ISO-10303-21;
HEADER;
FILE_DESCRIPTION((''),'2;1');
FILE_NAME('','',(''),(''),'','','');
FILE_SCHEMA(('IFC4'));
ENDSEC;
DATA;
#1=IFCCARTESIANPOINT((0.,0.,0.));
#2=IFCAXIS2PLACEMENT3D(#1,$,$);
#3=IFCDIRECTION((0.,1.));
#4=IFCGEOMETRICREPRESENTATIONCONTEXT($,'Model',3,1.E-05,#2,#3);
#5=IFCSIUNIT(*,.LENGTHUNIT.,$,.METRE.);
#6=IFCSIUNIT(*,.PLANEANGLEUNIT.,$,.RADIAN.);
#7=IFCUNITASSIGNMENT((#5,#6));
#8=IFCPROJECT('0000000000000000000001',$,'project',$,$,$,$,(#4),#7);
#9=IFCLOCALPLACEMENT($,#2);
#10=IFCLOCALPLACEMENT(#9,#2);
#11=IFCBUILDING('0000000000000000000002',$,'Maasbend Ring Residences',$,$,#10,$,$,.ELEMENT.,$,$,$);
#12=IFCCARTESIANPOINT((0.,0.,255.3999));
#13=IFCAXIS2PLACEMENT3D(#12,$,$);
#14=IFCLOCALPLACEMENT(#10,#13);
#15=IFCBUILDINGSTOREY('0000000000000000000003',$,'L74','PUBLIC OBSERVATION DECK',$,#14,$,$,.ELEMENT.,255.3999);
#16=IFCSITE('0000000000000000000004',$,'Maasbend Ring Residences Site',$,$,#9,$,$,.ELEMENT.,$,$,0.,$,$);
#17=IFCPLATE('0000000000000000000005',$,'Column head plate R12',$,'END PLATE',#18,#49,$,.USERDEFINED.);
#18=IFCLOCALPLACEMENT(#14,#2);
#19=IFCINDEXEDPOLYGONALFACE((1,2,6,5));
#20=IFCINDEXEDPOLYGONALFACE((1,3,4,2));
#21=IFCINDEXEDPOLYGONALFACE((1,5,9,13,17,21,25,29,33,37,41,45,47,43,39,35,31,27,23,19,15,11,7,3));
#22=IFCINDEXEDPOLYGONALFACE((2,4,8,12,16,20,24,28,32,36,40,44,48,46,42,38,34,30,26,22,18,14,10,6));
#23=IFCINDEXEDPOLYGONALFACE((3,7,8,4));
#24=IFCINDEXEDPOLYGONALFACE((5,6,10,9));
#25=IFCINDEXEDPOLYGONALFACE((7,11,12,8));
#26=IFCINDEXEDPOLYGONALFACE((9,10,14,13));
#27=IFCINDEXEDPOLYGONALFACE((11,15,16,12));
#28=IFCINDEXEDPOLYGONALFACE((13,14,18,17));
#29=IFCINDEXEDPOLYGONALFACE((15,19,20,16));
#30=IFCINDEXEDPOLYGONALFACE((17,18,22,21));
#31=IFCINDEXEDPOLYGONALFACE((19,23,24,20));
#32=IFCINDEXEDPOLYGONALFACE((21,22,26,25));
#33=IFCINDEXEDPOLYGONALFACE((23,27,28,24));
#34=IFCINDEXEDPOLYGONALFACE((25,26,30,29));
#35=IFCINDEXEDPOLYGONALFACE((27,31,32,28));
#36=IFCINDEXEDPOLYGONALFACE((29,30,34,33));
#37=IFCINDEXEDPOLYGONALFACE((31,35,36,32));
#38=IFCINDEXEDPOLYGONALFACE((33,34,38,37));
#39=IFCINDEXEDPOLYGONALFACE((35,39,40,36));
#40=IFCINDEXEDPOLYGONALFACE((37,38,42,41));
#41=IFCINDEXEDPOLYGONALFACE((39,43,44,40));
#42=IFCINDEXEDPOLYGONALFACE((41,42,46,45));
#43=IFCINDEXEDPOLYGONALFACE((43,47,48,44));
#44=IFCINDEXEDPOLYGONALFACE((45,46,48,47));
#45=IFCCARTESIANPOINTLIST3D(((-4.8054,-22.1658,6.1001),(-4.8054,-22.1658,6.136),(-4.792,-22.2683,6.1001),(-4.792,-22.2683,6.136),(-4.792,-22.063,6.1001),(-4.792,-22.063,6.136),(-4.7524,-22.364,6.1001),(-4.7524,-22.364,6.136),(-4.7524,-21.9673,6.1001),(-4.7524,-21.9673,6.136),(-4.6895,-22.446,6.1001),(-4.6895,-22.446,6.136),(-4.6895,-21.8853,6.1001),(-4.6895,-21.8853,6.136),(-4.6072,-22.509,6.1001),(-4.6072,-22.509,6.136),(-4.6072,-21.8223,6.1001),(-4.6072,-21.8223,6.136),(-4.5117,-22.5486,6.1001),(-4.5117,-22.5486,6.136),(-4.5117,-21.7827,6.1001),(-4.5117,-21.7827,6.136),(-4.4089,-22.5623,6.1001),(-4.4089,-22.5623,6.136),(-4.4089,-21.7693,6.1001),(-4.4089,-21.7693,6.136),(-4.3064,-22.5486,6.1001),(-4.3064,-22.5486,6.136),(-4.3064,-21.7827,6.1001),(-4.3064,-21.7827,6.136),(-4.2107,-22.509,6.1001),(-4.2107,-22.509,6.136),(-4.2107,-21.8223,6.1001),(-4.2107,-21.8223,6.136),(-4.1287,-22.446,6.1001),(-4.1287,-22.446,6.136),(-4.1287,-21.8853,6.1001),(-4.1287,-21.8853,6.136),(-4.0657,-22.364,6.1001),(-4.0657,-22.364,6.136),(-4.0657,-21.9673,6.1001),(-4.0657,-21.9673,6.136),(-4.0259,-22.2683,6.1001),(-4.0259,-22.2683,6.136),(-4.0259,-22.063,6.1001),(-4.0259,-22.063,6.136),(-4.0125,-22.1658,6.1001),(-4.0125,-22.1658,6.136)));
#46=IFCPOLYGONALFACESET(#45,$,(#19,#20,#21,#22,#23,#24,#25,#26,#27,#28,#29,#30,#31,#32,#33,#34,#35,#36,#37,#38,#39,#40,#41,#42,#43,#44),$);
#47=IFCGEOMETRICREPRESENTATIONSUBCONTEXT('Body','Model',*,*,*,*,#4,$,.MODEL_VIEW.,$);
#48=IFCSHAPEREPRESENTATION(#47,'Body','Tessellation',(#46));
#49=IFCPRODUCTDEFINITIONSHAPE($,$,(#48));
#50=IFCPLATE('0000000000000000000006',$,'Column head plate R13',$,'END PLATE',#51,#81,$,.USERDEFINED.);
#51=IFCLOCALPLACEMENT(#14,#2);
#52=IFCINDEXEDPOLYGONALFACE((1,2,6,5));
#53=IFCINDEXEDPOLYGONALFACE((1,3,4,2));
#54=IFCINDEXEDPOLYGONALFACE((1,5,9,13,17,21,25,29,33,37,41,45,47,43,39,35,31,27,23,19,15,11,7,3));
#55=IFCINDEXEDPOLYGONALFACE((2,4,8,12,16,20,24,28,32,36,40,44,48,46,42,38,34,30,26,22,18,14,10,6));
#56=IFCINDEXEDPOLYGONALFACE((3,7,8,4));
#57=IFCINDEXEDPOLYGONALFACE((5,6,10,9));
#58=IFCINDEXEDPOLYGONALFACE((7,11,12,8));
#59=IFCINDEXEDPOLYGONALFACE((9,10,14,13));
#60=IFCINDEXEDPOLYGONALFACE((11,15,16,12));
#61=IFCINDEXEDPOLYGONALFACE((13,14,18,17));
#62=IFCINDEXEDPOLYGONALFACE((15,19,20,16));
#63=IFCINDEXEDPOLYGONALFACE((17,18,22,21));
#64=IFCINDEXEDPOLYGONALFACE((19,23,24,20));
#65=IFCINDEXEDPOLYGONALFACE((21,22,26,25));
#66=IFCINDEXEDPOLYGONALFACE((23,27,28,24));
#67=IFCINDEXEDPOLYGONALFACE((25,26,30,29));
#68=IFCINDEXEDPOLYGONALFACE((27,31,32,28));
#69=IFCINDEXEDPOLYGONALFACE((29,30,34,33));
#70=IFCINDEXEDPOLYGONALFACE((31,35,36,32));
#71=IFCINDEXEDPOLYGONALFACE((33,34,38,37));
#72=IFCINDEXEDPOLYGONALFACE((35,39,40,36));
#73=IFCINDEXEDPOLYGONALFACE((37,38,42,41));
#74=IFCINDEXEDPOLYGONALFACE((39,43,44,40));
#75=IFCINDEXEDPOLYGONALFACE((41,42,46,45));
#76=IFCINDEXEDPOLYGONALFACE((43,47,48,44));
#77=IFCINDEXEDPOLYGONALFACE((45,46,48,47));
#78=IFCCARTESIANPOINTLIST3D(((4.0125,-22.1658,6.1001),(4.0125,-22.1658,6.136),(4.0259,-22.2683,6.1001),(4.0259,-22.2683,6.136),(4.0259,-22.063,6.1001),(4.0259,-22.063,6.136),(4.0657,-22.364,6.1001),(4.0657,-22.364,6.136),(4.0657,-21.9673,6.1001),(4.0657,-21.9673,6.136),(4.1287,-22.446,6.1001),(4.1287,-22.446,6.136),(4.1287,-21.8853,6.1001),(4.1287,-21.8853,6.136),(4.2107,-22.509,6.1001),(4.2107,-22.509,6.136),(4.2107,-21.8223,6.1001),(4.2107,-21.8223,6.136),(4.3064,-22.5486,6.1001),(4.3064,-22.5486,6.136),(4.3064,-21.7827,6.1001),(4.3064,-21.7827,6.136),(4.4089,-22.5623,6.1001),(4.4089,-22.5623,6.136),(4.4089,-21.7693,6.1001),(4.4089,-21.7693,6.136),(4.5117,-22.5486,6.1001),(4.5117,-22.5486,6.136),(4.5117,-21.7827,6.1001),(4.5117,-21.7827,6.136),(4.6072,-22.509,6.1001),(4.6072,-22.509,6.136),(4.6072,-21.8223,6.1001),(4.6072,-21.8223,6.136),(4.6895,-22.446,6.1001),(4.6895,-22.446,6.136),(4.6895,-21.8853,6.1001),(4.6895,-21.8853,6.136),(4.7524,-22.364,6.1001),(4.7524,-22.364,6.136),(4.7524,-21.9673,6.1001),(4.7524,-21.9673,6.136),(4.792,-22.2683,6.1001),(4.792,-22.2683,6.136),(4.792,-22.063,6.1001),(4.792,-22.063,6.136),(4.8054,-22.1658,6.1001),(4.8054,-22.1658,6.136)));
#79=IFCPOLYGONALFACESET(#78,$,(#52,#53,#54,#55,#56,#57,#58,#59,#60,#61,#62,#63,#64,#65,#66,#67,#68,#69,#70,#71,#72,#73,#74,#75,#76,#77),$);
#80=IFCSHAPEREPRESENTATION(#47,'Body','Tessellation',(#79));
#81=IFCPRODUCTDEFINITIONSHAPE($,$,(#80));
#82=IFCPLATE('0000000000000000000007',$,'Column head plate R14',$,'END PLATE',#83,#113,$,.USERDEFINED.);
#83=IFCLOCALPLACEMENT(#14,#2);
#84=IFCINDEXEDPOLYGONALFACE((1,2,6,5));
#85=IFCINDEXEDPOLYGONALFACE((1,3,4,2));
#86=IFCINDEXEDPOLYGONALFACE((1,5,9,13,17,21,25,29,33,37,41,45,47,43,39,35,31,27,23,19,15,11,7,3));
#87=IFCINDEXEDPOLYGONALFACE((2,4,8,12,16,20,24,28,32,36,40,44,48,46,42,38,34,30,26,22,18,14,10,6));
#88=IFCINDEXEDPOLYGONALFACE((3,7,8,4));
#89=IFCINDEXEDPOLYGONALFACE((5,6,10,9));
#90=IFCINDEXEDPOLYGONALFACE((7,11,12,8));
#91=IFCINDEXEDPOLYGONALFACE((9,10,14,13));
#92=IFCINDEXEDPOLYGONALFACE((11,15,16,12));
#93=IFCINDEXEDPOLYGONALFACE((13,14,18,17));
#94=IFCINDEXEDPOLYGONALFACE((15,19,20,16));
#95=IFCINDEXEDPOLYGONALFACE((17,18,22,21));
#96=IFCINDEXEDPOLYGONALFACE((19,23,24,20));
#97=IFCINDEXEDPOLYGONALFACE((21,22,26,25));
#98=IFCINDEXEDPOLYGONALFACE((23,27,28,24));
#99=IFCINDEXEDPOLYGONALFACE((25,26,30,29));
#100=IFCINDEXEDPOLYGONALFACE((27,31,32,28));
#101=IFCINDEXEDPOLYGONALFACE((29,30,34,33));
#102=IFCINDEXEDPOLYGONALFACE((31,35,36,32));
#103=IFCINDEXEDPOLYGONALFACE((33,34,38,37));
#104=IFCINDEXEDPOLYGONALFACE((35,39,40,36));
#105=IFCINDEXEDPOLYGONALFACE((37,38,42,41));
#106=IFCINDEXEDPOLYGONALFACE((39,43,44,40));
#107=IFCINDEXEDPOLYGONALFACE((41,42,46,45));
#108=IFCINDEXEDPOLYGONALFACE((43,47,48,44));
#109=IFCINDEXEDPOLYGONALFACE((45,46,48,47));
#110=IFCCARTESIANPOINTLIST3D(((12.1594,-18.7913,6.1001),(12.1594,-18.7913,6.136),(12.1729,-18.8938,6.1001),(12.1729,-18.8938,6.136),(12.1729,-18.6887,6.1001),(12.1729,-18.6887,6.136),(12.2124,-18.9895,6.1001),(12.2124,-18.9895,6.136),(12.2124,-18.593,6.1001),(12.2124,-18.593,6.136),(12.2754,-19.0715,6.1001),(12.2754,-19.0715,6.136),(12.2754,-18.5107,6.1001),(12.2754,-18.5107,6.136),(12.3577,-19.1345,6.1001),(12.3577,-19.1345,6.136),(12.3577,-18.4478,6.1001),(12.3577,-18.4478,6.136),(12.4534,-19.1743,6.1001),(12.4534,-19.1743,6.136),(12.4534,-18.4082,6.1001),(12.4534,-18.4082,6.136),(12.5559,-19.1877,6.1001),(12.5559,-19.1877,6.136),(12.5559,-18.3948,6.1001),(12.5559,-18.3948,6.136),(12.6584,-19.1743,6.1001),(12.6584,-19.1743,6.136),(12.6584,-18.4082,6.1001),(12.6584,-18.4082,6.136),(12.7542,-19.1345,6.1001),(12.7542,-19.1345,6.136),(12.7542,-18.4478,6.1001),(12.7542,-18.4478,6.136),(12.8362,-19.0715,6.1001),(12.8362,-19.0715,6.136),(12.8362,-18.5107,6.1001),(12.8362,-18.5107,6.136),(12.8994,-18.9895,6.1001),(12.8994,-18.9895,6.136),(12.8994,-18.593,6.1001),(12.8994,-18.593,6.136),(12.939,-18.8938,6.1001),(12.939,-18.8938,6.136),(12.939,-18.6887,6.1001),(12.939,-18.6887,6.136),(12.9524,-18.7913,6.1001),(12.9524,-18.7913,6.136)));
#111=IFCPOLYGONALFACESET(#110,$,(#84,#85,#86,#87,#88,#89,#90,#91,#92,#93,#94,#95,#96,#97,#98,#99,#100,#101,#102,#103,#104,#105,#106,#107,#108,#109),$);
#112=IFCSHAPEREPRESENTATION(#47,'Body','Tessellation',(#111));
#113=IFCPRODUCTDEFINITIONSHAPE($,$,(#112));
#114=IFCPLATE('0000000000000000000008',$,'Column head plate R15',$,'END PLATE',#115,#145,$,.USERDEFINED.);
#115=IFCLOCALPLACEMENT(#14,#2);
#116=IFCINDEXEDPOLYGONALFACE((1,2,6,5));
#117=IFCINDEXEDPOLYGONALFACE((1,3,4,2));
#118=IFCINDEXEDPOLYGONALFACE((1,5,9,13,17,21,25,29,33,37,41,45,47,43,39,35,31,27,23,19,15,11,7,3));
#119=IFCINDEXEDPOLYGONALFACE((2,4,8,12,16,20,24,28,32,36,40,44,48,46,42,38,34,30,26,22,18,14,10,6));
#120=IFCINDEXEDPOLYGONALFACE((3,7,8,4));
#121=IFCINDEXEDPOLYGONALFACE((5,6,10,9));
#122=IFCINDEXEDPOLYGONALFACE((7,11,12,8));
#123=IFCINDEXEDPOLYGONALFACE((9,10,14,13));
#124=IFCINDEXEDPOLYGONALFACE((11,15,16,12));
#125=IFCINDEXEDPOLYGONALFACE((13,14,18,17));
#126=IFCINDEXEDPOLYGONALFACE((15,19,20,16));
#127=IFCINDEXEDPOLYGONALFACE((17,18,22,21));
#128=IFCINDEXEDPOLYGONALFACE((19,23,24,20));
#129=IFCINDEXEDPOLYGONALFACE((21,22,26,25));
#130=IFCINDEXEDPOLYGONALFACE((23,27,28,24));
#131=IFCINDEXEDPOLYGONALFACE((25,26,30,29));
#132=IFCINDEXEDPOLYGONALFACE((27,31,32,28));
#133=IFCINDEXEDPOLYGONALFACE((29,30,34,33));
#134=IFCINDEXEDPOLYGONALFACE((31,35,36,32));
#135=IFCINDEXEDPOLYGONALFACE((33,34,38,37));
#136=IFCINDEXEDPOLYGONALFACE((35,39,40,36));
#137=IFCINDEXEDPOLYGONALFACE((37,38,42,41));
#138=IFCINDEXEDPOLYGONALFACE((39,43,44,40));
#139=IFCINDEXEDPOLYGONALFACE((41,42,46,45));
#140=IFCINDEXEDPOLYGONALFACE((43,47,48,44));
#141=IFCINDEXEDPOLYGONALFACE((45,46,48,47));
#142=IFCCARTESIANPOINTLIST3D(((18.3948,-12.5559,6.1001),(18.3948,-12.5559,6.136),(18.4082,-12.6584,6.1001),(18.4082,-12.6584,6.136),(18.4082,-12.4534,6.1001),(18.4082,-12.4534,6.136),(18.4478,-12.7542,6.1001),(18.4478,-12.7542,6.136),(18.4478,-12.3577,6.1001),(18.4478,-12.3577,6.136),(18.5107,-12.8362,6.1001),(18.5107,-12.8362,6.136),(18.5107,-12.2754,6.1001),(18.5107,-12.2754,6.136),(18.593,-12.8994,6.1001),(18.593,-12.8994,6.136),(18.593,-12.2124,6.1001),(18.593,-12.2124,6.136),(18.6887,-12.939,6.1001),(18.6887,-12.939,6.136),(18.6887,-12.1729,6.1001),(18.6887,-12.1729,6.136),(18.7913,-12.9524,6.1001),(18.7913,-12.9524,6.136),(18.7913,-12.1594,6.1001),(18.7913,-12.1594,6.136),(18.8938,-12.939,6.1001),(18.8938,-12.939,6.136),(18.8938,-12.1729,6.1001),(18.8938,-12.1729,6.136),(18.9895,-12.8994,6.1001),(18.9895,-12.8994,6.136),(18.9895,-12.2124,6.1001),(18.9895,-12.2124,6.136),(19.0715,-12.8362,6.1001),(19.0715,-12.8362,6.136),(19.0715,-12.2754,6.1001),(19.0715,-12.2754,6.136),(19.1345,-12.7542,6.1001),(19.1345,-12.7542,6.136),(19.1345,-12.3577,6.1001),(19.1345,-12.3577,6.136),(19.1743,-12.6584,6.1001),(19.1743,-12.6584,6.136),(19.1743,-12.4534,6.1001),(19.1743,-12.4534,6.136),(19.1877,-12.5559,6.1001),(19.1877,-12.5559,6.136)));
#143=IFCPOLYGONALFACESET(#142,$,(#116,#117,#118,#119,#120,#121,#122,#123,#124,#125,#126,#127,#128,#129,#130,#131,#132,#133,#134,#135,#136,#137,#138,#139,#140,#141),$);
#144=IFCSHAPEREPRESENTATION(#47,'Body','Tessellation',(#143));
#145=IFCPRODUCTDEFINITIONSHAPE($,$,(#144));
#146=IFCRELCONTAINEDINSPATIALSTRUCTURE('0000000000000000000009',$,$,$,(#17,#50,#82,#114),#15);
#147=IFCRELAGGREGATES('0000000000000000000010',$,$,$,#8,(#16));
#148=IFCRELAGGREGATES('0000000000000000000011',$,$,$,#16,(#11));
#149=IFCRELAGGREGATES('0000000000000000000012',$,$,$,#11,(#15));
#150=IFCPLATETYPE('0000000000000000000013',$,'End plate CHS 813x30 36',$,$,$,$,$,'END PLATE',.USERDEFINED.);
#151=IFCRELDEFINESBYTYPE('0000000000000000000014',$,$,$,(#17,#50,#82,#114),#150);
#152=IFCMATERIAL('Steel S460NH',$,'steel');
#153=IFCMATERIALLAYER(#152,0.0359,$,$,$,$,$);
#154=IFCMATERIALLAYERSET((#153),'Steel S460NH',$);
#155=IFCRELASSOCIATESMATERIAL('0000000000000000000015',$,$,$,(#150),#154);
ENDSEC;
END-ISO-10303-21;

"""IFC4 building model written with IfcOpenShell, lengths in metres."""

from ifc_helpers import new_model, si_unit, direction, frame, origin, place, context, subcontext, project, spatial, polyline, outline, extrude, material, layer, layer_set, type_object, element, save


model = new_model("IFC4")

# Units and contexts
model_context = context("Model", 3, precision=1e-05, world=origin(), true_north=direction((0.0, 1.0)))
body_context = subcontext(model_context, "Body", "Model", "MODEL_VIEW")
ifc_project = project(units=[si_unit("LENGTHUNIT", "METRE"), si_unit("PLANEANGLEUNIT", "RADIAN")], contexts=[model_context])

# Site, building, storey
site_placement = place(None, origin())
site = spatial("IfcSite", under=ifc_project, at=site_placement, Name="Maasbend Ring Residences Site", CompositionType="ELEMENT", RefElevation=0.0)
building_placement = place(site_placement, origin())
building = spatial("IfcBuilding", under=site, at=building_placement, Name="Maasbend Ring Residences", CompositionType="ELEMENT")
storey_placement = place(building_placement, frame((0.0, 0.0, 255.3999)))
storey = spatial("IfcBuildingStorey", under=building, at=storey_placement, Name="L74", Description="PUBLIC OBSERVATION DECK", CompositionType="ELEMENT", Elevation=255.3999)

# Plates
ifc_material_1 = material(Name="Steel S460NH", Category="steel")
ifc_layer_1 = layer(ifc_material_1, 0.0359)
ifc_layer_set_1 = layer_set([ifc_layer_1], Name="Steel S460NH")
plate_type = type_object("IfcPlateType", Name="End plate CHS 813x30 36", ElementType="END PLATE", PredefinedType="USERDEFINED", material=ifc_layer_set_1)
plate_1_placement = place(storey_placement, frame((0.0, 0.0, 6.1001)))
element("IfcPlate", 1, at=plate_1_placement, inside=storey, type_object=plate_type, Name="Column head plate R12", ObjectType="END PLATE", PredefinedType="USERDEFINED", context=body_context, shape_type="SweptSolid", body=[
    extrude(outline(polyline([(-4.0125, -22.1658), (-4.0259, -22.063), (-4.0657, -21.9673), (-4.1287, -21.8853), (-4.2107, -21.8223), (-4.3064, -21.7827), (-4.4089, -21.7693), (-4.5117, -21.7827), (-4.6072, -21.8223), (-4.6895, -21.8853), (-4.7524, -21.9673), (-4.792, -22.063), (-4.8054, -22.1658), (-4.792, -22.2683), (-4.7524, -22.364), (-4.6895, -22.446), (-4.6072, -22.509), (-4.5117, -22.5486), (-4.4089, -22.5623), (-4.3064, -22.5486), (-4.2107, -22.509), (-4.1287, -22.446), (-4.0657, -22.364), (-4.0259, -22.2683), (-4.0125, -22.1658)])), origin(), (0.0, 0.0, 1.0), 0.0359),
])
plate_2_placement = place(storey_placement, frame((0.0, 0.0, 6.1001)))
element("IfcPlate", 2, at=plate_2_placement, inside=storey, type_object=plate_type, Name="Column head plate R13", ObjectType="END PLATE", PredefinedType="USERDEFINED", context=body_context, shape_type="SweptSolid", body=[
    extrude(outline(polyline([(4.8054, -22.1658), (4.792, -22.063), (4.7524, -21.9673), (4.6895, -21.8853), (4.6072, -21.8223), (4.5117, -21.7827), (4.4089, -21.7693), (4.3064, -21.7827), (4.2107, -21.8223), (4.1287, -21.8853), (4.0657, -21.9673), (4.0259, -22.063), (4.0125, -22.1658), (4.0259, -22.2683), (4.0657, -22.364), (4.1287, -22.446), (4.2107, -22.509), (4.3064, -22.5486), (4.4089, -22.5623), (4.5117, -22.5486), (4.6072, -22.509), (4.6895, -22.446), (4.7524, -22.364), (4.792, -22.2683), (4.8054, -22.1658)])), origin(), (0.0, 0.0, 1.0), 0.0359),
])
plate_3_placement = place(storey_placement, frame((0.0, 0.0, 6.1001)))
element("IfcPlate", 3, at=plate_3_placement, inside=storey, type_object=plate_type, Name="Column head plate R14", ObjectType="END PLATE", PredefinedType="USERDEFINED", context=body_context, shape_type="SweptSolid", body=[
    extrude(outline(polyline([(12.9524, -18.7913), (12.939, -18.6887), (12.8994, -18.593), (12.8362, -18.5107), (12.7542, -18.4478), (12.6584, -18.4082), (12.5559, -18.3948), (12.4534, -18.4082), (12.3577, -18.4478), (12.2754, -18.5107), (12.2124, -18.593), (12.1729, -18.6887), (12.1594, -18.7913), (12.1729, -18.8938), (12.2124, -18.9895), (12.2754, -19.0715), (12.3577, -19.1345), (12.4534, -19.1743), (12.5559, -19.1877), (12.6584, -19.1743), (12.7542, -19.1345), (12.8362, -19.0715), (12.8994, -18.9895), (12.939, -18.8938), (12.9524, -18.7913)])), origin(), (0.0, 0.0, 1.0), 0.0359),
])
plate_4_placement = place(storey_placement, frame((0.0, 0.0, 6.1001)))
element("IfcPlate", 4, at=plate_4_placement, inside=storey, type_object=plate_type, Name="Column head plate R15", ObjectType="END PLATE", PredefinedType="USERDEFINED", context=body_context, shape_type="SweptSolid", body=[
    extrude(outline(polyline([(19.1877, -12.5559), (19.1743, -12.4534), (19.1345, -12.3577), (19.0715, -12.2754), (18.9895, -12.2124), (18.8938, -12.1729), (18.7913, -12.1594), (18.6887, -12.1729), (18.593, -12.2124), (18.5107, -12.2754), (18.4478, -12.3577), (18.4082, -12.4534), (18.3948, -12.5559), (18.4082, -12.6584), (18.4478, -12.7542), (18.5107, -12.8362), (18.593, -12.8994), (18.6887, -12.939), (18.7913, -12.9524), (18.8938, -12.939), (18.9895, -12.8994), (19.0715, -12.8362), (19.1345, -12.7542), (19.1743, -12.6584), (19.1877, -12.5559)])), origin(), (0.0, 0.0, 1.0), 0.0359),
])

save(model, "model.ifc")
